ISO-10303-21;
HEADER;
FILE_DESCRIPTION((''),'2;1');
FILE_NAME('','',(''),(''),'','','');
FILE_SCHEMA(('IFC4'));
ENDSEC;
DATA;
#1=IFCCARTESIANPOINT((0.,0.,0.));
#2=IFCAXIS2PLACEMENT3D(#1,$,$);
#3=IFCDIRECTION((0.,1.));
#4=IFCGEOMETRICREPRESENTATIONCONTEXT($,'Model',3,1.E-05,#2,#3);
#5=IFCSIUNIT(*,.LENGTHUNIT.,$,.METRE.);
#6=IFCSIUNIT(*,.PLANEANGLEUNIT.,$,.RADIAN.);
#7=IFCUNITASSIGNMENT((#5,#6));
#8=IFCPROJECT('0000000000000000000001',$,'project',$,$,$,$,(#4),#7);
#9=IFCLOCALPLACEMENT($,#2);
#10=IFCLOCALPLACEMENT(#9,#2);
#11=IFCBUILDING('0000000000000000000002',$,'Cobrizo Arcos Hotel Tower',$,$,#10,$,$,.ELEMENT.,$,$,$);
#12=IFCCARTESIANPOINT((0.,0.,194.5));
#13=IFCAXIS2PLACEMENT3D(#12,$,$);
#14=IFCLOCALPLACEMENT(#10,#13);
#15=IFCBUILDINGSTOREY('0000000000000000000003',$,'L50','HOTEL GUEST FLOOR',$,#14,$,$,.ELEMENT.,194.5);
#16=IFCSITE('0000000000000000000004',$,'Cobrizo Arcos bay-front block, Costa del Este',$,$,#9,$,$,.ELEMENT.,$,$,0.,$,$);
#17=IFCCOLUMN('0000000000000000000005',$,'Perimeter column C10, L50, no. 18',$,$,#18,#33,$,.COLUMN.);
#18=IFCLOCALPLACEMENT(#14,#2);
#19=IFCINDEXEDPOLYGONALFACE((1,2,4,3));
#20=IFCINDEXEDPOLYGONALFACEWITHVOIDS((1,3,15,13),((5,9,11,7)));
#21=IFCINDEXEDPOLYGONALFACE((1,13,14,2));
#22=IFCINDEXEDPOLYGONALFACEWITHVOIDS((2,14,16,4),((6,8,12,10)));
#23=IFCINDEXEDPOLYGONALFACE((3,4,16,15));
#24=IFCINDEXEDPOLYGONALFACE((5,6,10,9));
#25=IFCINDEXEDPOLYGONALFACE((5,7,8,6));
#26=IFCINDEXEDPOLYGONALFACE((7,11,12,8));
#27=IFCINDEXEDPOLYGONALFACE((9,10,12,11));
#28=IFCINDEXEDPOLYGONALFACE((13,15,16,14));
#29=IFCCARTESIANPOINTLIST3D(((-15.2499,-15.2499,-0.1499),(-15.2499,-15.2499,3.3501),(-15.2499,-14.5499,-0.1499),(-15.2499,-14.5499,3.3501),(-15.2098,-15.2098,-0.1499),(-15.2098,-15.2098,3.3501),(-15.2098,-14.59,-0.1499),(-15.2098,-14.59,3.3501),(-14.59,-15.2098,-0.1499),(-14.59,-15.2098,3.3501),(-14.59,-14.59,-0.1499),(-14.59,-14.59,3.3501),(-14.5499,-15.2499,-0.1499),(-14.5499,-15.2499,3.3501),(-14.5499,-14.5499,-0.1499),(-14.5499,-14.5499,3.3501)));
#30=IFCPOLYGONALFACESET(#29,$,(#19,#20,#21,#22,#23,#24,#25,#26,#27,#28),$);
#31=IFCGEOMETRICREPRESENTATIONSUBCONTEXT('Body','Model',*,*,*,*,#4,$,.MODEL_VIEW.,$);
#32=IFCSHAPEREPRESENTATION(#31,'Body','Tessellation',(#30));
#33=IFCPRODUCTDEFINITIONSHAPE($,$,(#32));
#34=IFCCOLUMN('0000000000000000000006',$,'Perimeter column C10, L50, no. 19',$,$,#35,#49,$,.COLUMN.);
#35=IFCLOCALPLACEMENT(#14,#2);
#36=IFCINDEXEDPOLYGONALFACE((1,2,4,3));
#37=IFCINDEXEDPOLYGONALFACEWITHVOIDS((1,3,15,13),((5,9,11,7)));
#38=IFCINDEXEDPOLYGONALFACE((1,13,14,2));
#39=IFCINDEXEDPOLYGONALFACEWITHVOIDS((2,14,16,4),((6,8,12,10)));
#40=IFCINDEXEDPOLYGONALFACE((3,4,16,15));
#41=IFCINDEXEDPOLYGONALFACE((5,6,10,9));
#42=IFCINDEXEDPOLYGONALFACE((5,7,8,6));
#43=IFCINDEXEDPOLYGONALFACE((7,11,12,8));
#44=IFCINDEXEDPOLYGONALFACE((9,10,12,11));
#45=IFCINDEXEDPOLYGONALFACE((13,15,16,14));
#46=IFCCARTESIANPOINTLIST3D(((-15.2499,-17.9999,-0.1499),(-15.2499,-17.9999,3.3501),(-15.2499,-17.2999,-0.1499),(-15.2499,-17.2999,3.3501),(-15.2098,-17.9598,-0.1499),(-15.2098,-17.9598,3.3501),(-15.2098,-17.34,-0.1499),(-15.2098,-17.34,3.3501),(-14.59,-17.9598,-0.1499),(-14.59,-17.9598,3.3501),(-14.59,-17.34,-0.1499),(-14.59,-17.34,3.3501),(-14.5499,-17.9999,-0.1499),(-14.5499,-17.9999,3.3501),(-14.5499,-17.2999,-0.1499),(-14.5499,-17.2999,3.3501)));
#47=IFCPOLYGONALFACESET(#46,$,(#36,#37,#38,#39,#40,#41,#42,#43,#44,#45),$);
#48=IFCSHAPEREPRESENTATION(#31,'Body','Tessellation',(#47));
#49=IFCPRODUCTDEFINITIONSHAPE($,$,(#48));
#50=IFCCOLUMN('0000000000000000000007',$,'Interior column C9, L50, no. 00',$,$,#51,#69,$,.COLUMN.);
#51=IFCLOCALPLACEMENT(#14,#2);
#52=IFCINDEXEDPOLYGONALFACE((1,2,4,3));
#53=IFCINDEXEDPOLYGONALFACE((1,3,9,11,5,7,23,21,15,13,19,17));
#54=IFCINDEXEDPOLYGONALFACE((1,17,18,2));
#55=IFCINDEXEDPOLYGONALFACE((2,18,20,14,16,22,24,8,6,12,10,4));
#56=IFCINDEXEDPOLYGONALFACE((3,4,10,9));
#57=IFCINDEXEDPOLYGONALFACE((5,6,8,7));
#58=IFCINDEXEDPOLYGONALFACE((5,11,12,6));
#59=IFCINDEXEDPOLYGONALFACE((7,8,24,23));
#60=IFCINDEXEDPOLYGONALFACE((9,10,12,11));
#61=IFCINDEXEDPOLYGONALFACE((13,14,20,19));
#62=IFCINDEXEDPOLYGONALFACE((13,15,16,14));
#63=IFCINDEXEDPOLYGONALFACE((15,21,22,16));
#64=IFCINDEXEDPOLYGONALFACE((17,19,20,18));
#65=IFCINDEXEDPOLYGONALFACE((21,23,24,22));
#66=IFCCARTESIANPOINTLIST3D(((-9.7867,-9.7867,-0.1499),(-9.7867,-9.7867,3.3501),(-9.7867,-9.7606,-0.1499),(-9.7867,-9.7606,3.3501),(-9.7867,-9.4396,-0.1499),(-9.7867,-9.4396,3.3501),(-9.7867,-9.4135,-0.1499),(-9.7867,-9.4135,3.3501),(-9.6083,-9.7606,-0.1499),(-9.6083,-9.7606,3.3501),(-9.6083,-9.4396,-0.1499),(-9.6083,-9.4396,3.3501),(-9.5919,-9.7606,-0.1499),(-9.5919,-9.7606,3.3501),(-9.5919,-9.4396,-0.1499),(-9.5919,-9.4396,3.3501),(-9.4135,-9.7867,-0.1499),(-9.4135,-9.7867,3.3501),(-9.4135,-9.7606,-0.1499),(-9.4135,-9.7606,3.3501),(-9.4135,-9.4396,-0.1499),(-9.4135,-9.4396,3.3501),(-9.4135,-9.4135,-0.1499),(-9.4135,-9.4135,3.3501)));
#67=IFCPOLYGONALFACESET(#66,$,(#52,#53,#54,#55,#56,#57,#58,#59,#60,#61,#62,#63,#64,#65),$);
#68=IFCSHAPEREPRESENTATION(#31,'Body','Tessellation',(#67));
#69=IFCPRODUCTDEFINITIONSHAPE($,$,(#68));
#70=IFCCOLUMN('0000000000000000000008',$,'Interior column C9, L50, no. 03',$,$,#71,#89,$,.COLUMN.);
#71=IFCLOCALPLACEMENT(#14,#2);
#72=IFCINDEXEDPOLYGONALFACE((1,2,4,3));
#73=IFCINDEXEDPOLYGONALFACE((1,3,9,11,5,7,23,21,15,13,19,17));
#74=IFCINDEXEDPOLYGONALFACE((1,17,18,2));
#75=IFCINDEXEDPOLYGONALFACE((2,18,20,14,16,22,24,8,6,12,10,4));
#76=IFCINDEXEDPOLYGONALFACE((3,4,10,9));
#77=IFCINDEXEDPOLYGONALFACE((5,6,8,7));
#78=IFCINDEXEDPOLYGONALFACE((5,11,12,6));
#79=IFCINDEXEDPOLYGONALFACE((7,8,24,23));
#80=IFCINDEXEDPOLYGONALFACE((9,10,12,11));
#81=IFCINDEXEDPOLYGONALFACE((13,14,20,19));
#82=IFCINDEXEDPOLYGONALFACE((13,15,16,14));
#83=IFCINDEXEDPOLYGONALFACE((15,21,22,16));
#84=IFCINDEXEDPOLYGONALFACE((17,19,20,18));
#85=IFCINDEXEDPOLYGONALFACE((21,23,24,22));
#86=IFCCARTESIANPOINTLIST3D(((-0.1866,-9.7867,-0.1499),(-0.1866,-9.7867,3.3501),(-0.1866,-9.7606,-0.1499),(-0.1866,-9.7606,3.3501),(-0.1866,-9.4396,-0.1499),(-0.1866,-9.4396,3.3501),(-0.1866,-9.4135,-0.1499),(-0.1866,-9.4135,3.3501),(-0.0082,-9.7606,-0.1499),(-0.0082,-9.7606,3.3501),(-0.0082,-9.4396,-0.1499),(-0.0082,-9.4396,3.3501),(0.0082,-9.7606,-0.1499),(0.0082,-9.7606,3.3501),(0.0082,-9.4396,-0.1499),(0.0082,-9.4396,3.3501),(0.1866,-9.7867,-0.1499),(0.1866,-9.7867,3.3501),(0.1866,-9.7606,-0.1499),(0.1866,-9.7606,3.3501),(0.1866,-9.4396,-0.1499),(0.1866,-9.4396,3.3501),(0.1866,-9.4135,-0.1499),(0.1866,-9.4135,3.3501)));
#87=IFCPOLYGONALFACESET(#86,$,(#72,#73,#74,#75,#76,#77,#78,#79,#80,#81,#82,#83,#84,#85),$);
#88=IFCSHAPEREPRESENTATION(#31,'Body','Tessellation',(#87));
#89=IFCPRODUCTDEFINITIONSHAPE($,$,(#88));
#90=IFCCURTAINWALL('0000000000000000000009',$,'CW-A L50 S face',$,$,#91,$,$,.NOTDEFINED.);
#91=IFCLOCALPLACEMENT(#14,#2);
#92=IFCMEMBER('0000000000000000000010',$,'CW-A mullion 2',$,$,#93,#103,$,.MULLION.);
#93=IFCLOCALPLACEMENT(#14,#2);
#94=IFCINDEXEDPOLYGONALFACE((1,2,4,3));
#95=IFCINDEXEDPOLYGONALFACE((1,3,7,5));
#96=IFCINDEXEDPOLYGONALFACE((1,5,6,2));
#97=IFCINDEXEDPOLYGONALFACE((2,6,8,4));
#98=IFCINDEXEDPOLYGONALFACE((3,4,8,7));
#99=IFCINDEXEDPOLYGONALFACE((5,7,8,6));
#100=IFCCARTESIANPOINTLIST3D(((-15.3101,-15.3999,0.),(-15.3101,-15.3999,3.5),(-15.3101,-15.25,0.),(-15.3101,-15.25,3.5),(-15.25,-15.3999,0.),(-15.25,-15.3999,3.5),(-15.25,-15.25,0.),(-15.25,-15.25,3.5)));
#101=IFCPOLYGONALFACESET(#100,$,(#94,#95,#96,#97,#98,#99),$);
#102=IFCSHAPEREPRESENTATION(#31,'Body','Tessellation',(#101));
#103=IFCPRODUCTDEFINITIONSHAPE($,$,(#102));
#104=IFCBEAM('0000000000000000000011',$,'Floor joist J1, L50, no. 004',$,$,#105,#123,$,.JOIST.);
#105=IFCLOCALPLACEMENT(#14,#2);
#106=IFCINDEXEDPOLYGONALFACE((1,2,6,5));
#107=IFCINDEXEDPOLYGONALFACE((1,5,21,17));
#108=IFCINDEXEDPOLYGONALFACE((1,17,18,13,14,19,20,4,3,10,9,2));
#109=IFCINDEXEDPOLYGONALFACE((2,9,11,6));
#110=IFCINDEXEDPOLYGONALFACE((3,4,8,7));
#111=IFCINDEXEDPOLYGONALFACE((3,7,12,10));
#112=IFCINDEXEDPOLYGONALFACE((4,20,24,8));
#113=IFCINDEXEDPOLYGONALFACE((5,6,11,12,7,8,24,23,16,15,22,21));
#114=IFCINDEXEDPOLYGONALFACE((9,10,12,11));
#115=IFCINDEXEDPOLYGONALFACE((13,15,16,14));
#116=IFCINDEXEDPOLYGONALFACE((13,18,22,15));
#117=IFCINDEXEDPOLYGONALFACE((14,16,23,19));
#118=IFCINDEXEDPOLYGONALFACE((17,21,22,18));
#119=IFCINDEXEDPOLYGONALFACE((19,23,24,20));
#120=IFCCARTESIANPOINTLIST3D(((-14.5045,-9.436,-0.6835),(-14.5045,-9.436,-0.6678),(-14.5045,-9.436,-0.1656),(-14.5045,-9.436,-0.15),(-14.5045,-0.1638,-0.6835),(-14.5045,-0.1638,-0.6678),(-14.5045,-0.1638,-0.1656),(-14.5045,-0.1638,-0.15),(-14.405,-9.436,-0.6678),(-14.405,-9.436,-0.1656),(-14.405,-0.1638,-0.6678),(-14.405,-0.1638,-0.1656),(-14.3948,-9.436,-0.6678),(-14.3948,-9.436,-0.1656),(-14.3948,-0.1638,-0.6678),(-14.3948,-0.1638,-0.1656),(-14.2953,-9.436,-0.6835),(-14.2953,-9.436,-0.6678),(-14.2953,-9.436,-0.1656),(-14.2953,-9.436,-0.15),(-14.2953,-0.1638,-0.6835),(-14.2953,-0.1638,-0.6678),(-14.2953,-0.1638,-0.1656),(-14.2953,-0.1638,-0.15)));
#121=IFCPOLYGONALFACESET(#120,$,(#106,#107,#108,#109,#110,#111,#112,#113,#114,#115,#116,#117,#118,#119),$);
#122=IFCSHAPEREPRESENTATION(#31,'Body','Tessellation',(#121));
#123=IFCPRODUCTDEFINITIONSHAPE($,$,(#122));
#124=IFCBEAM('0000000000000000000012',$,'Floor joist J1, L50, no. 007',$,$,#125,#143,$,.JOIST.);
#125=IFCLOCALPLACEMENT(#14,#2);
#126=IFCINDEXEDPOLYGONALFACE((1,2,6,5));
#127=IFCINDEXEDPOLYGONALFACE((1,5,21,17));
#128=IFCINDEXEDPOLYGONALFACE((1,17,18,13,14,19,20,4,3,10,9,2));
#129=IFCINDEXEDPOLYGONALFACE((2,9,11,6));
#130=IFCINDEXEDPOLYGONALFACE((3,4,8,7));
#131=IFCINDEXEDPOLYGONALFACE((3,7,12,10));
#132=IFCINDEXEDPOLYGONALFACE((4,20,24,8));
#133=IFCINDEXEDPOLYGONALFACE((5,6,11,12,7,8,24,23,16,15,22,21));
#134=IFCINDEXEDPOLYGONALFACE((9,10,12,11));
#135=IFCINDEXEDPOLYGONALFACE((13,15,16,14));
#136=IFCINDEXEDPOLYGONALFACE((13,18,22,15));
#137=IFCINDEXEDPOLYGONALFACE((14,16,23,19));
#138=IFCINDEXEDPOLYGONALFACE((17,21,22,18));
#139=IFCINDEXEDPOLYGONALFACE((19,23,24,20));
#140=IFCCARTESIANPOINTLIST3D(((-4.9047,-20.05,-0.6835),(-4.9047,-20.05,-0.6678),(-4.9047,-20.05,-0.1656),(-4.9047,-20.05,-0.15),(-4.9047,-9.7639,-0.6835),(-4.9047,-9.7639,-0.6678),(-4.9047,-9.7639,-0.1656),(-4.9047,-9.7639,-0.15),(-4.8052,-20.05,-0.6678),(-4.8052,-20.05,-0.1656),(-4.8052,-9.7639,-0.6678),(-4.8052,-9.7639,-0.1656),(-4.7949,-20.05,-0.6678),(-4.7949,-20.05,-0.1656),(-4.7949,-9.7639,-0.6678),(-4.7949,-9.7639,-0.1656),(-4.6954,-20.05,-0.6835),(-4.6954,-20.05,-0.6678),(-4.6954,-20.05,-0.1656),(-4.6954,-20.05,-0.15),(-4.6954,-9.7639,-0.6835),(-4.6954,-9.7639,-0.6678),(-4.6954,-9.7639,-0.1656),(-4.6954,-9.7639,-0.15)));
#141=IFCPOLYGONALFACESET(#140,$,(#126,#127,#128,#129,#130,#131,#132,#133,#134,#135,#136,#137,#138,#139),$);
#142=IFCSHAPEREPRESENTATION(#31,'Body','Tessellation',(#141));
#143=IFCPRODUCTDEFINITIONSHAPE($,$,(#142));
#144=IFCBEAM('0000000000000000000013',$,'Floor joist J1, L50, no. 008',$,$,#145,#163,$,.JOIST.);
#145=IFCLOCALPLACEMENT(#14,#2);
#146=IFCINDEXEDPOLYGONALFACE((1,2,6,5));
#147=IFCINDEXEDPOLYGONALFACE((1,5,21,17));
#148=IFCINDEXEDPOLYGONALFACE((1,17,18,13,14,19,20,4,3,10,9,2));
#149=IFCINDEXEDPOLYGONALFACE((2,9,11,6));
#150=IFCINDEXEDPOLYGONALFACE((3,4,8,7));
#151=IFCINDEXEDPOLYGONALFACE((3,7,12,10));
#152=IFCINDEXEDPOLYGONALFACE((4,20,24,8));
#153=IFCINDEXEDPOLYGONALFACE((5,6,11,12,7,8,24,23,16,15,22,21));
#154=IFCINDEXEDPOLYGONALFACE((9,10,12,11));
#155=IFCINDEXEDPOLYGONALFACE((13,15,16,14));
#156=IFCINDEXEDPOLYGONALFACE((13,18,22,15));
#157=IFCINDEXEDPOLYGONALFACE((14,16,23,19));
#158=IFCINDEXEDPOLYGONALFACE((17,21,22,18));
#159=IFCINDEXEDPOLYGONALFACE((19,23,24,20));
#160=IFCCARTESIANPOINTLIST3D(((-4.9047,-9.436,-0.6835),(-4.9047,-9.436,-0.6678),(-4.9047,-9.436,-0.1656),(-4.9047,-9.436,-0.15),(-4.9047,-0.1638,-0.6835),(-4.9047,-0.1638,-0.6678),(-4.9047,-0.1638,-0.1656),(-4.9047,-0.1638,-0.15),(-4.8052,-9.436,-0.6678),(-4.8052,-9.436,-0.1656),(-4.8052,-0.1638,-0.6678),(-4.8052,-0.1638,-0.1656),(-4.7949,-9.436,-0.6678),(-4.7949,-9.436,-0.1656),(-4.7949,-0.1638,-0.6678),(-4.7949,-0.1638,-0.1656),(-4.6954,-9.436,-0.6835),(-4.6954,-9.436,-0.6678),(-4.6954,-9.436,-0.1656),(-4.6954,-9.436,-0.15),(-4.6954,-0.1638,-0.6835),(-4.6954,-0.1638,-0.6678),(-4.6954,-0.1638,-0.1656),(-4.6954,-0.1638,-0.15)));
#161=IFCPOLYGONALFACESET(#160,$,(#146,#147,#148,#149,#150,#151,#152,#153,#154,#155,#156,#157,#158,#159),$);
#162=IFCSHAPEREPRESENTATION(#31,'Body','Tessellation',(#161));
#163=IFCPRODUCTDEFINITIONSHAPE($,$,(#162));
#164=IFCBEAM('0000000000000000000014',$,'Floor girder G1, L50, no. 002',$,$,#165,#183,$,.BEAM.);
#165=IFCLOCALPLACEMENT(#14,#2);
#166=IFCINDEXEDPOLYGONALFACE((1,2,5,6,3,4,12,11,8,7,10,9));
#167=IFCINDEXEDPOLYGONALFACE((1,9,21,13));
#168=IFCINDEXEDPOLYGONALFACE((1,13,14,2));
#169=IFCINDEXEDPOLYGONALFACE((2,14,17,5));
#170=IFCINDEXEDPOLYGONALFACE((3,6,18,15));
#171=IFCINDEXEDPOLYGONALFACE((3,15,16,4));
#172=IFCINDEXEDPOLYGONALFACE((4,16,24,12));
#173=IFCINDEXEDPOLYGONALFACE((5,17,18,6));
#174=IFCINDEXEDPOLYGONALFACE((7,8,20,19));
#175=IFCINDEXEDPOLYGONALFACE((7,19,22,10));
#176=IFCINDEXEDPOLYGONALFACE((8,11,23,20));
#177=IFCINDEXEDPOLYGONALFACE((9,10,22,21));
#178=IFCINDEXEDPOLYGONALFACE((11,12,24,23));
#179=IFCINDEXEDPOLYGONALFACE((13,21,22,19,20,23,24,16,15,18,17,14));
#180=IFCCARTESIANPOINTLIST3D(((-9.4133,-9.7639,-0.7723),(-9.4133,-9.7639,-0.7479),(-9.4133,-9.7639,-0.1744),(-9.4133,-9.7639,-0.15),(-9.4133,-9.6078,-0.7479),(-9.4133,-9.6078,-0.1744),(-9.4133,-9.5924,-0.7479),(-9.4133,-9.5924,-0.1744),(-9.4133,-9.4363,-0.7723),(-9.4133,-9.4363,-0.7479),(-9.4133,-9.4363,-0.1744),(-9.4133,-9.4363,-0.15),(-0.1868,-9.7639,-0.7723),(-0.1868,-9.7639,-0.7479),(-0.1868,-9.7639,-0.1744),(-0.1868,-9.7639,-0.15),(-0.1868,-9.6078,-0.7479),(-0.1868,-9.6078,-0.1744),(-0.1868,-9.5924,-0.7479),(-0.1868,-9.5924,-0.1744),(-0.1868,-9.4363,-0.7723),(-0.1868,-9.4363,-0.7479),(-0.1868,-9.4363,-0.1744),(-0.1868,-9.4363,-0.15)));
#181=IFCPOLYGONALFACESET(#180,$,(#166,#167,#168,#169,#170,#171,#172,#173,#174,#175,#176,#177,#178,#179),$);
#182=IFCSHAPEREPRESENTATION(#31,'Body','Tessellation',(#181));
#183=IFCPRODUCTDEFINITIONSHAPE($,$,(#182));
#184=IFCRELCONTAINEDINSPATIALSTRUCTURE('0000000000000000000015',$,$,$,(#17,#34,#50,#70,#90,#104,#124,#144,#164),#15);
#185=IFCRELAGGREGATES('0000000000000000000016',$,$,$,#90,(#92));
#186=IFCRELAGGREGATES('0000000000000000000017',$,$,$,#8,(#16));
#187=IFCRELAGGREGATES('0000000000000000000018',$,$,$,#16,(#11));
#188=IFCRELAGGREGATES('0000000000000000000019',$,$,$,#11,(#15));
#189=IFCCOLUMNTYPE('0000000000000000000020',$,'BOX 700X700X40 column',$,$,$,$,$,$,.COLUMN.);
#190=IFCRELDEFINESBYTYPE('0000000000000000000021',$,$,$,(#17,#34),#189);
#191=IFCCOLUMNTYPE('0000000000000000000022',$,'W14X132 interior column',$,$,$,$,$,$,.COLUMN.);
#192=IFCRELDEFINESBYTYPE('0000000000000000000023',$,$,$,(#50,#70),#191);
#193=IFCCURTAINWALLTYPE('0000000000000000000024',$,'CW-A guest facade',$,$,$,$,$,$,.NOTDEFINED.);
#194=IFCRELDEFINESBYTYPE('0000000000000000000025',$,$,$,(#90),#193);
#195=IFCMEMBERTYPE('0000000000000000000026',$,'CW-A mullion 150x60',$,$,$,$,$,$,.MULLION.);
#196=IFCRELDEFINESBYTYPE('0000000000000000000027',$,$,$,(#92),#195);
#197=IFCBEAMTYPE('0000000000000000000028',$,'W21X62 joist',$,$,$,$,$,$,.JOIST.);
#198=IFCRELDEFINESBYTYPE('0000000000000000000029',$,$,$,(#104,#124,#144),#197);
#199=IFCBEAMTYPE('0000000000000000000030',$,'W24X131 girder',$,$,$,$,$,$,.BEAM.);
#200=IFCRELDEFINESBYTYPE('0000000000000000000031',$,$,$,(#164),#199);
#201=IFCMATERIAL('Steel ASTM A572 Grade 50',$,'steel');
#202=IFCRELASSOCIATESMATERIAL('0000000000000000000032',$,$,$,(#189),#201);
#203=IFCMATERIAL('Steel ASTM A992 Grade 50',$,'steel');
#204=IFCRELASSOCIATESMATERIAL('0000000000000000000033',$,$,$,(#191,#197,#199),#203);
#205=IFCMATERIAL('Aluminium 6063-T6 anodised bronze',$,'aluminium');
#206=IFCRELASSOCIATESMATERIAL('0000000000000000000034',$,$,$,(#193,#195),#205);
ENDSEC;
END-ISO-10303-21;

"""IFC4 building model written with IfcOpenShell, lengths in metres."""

from ifc_helpers import new_model, si_unit, direction, frame, origin, origin_2d, place, context, subcontext, project, spatial, rectangle, hollow_rectangle, i_section, extrude, material, material_profile, profile_set, type_object, element, aggregate, save


model = new_model("IFC4")

# Units and contexts
model_context = context("Model", 3, precision=1e-05, world=origin(), true_north=direction((0.0, 1.0)))
body_context = subcontext(model_context, "Body", "Model", "MODEL_VIEW")
ifc_project = project(units=[si_unit("LENGTHUNIT", "METRE"), si_unit("PLANEANGLEUNIT", "RADIAN")], contexts=[model_context])

# Site, building, storey
site_placement = place(None, origin())
site = spatial("IfcSite", under=ifc_project, at=site_placement, Name="Cobrizo Arcos bay-front block, Costa del Este", CompositionType="ELEMENT", RefElevation=0.0)
building_placement = place(site_placement, origin())
building = spatial("IfcBuilding", under=site, at=building_placement, Name="Cobrizo Arcos Hotel Tower", CompositionType="ELEMENT")
storey_placement = place(building_placement, frame((0.0, 0.0, 194.5)))
storey = spatial("IfcBuildingStorey", under=building, at=storey_placement, Name="L50", Description="HOTEL GUEST FLOOR", CompositionType="ELEMENT", Elevation=194.5)

# Columns
ifc_material_1 = material(Name="Steel ASTM A572 Grade 50", Category="steel")
ifc_material_profile_1 = material_profile(ifc_material_1, hollow_rectangle(XDim=0.7, YDim=0.7, WallThickness=0.04, at=origin_2d()), Name="BOX 700X700X40")
ifc_profile_set_1 = profile_set([ifc_material_profile_1], Name="Steel ASTM A572 Grade 50")
column_type_1 = type_object("IfcColumnType", Name="BOX 700X700X40 column", PredefinedType="COLUMN", material=ifc_profile_set_1)
for number, where, z_axis, x_axis, name in (
    (1, (-14.8999, -14.8999, -0.1499), (0.0, 0.0, 1.0), (1.0, 0.0, 0.0), "Perimeter column C10, L50, no. 18"),
    (2, (-14.8999, -17.6499, -0.1499), (0.0, 0.0, 1.0), (1.0, 0.0, 0.0), "Perimeter column C10, L50, no. 19"),
):
    element("IfcColumn", number, at=place(storey_placement, frame(where, z_axis=z_axis, x_axis=x_axis)), inside=storey, type_object=column_type_1, Name=name, PredefinedType="COLUMN", context=body_context, shape_type="SweptSolid", body=[
        extrude(hollow_rectangle(XDim=0.7, YDim=0.7, WallThickness=0.04, at=origin_2d()), origin(), (0.0, 0.0, 1.0), 3.5),
    ])
ifc_material_2 = material(Name="Steel ASTM A992 Grade 50", Category="steel")
ifc_material_profile_2 = material_profile(ifc_material_2, i_section(OverallWidth=0.3733, OverallDepth=0.3733, WebThickness=0.0164, FlangeThickness=0.0261, at=origin_2d()), Name="W14X132")
ifc_profile_set_2 = profile_set([ifc_material_profile_2], Name="Steel ASTM A992 Grade 50")
column_type_2 = type_object("IfcColumnType", Name="W14X132 interior column", PredefinedType="COLUMN", material=ifc_profile_set_2)
for number, where, z_axis, x_axis, name in (
    (3, (-9.6001, -9.6001, -0.1499), (0.0, 0.0, 1.0), (1.0, 0.0, 0.0), "Interior column C9, L50, no. 00"),
    (4, (0.0, -9.6001, -0.1499), (0.0, 0.0, 1.0), (1.0, 0.0, 0.0), "Interior column C9, L50, no. 03"),
):
    element("IfcColumn", number, at=place(storey_placement, frame(where, z_axis=z_axis, x_axis=x_axis)), inside=storey, type_object=column_type_2, Name=name, PredefinedType="COLUMN", context=body_context, shape_type="SweptSolid", body=[
        extrude(i_section(OverallWidth=0.3733, OverallDepth=0.3733, WebThickness=0.0164, FlangeThickness=0.0261, at=origin_2d()), origin(), (0.0, 0.0, 1.0), 3.5),
    ])

# Curtain wall, member
ifc_material_3 = material(Name="Aluminium 6063-T6 anodised bronze", Category="aluminium")
curtain_wall_type = type_object("IfcCurtainWallType", Name="CW-A guest facade", PredefinedType="NOTDEFINED", material=ifc_material_3)
curtain_wall_placement = place(storey_placement, origin())
curtain_wall = element("IfcCurtainWall", 5, at=curtain_wall_placement, inside=storey, type_object=curtain_wall_type, Name="CW-A L50 S face", PredefinedType="NOTDEFINED")
ifc_material_profile_3 = material_profile(ifc_material_3, rectangle(XDim=0.1499, YDim=0.0601, at=origin_2d()), Name="CW-A mullion 150x60")
ifc_profile_set_3 = profile_set([ifc_material_profile_3], Name="Aluminium 6063-T6 anodised bronze")
member_type = type_object("IfcMemberType", Name="CW-A mullion 150x60", PredefinedType="MULLION", material=ifc_profile_set_3)
member_placement = place(storey_placement, frame((-15.28, -15.325, 0.0), z_axis=(0.0, 0.0, 1.0), x_axis=(0.0, -1.0, 0.0)))
member = element("IfcMember", 6, at=member_placement, type_object=member_type, Name="CW-A mullion 2", PredefinedType="MULLION", context=body_context, shape_type="SweptSolid", body=[
    extrude(rectangle(XDim=0.1499, YDim=0.0601, at=origin_2d()), origin(), (0.0, 0.0, 1.0), 3.5),
])
aggregate(curtain_wall, [member])

# Beams
ifc_material_profile_4 = material_profile(ifc_material_2, i_section(OverallWidth=0.2092, OverallDepth=0.5334, WebThickness=0.0103, FlangeThickness=0.0156, at=origin_2d()), Name="W21X62")
ifc_profile_set_4 = profile_set([ifc_material_profile_4], Name="Steel ASTM A992 Grade 50")
beam_type_1 = type_object("IfcBeamType", Name="W21X62 joist", PredefinedType="JOIST", material=ifc_profile_set_4)
beam_1_placement = place(storey_placement, frame((-14.3999, -9.436, -0.4167), z_axis=(0.0, 1.0, 0.0), x_axis=(-1.0, 0.0, 0.0)))
element("IfcBeam", 7, at=beam_1_placement, inside=storey, type_object=beam_type_1, Name="Floor joist J1, L50, no. 004", PredefinedType="JOIST", context=body_context, shape_type="SweptSolid", body=[
    extrude(i_section(OverallWidth=0.2092, OverallDepth=0.5334, WebThickness=0.0103, FlangeThickness=0.0156, at=origin_2d()), origin(), (0.0, 0.0, 1.0), 9.2722),
])
beam_2_placement = place(storey_placement, frame((-4.8, -20.05, -0.4167), z_axis=(0.0, 1.0, 0.0), x_axis=(-1.0, 0.0, 0.0)))
element("IfcBeam", 8, at=beam_2_placement, inside=storey, type_object=beam_type_1, Name="Floor joist J1, L50, no. 007", PredefinedType="JOIST", context=body_context, shape_type="SweptSolid", body=[
    extrude(i_section(OverallWidth=0.2092, OverallDepth=0.5334, WebThickness=0.0103, FlangeThickness=0.0156, at=origin_2d()), origin(), (0.0, 0.0, 1.0), 10.2861),
])
beam_3_placement = place(storey_placement, frame((-4.8, -9.436, -0.4167), z_axis=(0.0, 1.0, 0.0), x_axis=(-1.0, 0.0, 0.0)))
element("IfcBeam", 9, at=beam_3_placement, inside=storey, type_object=beam_type_1, Name="Floor joist J1, L50, no. 008", PredefinedType="JOIST", context=body_context, shape_type="SweptSolid", body=[
    extrude(i_section(OverallWidth=0.2092, OverallDepth=0.5334, WebThickness=0.0103, FlangeThickness=0.0156, at=origin_2d()), origin(), (0.0, 0.0, 1.0), 9.2722),
])
ifc_material_profile_5 = material_profile(ifc_material_2, i_section(OverallWidth=0.3276, OverallDepth=0.6223, WebThickness=0.0154, FlangeThickness=0.0244, at=origin_2d()), Name="W24X131")
ifc_profile_set_5 = profile_set([ifc_material_profile_5], Name="Steel ASTM A992 Grade 50")
beam_type_2 = type_object("IfcBeamType", Name="W24X131 girder", PredefinedType="BEAM", material=ifc_profile_set_5)
beam_4_placement = place(storey_placement, frame((-9.4133, -9.6001, -0.4612), z_axis=(1.0, 0.0, 0.0), x_axis=(0.0, 1.0, 0.0)))
element("IfcBeam", 10, at=beam_4_placement, inside=storey, type_object=beam_type_2, Name="Floor girder G1, L50, no. 002", PredefinedType="BEAM", context=body_context, shape_type="SweptSolid", body=[
    extrude(i_section(OverallWidth=0.3276, OverallDepth=0.6223, WebThickness=0.0154, FlangeThickness=0.0244, at=origin_2d()), origin(), (0.0, 0.0, 1.0), 9.2266),
])

save(model, "model.ifc")
